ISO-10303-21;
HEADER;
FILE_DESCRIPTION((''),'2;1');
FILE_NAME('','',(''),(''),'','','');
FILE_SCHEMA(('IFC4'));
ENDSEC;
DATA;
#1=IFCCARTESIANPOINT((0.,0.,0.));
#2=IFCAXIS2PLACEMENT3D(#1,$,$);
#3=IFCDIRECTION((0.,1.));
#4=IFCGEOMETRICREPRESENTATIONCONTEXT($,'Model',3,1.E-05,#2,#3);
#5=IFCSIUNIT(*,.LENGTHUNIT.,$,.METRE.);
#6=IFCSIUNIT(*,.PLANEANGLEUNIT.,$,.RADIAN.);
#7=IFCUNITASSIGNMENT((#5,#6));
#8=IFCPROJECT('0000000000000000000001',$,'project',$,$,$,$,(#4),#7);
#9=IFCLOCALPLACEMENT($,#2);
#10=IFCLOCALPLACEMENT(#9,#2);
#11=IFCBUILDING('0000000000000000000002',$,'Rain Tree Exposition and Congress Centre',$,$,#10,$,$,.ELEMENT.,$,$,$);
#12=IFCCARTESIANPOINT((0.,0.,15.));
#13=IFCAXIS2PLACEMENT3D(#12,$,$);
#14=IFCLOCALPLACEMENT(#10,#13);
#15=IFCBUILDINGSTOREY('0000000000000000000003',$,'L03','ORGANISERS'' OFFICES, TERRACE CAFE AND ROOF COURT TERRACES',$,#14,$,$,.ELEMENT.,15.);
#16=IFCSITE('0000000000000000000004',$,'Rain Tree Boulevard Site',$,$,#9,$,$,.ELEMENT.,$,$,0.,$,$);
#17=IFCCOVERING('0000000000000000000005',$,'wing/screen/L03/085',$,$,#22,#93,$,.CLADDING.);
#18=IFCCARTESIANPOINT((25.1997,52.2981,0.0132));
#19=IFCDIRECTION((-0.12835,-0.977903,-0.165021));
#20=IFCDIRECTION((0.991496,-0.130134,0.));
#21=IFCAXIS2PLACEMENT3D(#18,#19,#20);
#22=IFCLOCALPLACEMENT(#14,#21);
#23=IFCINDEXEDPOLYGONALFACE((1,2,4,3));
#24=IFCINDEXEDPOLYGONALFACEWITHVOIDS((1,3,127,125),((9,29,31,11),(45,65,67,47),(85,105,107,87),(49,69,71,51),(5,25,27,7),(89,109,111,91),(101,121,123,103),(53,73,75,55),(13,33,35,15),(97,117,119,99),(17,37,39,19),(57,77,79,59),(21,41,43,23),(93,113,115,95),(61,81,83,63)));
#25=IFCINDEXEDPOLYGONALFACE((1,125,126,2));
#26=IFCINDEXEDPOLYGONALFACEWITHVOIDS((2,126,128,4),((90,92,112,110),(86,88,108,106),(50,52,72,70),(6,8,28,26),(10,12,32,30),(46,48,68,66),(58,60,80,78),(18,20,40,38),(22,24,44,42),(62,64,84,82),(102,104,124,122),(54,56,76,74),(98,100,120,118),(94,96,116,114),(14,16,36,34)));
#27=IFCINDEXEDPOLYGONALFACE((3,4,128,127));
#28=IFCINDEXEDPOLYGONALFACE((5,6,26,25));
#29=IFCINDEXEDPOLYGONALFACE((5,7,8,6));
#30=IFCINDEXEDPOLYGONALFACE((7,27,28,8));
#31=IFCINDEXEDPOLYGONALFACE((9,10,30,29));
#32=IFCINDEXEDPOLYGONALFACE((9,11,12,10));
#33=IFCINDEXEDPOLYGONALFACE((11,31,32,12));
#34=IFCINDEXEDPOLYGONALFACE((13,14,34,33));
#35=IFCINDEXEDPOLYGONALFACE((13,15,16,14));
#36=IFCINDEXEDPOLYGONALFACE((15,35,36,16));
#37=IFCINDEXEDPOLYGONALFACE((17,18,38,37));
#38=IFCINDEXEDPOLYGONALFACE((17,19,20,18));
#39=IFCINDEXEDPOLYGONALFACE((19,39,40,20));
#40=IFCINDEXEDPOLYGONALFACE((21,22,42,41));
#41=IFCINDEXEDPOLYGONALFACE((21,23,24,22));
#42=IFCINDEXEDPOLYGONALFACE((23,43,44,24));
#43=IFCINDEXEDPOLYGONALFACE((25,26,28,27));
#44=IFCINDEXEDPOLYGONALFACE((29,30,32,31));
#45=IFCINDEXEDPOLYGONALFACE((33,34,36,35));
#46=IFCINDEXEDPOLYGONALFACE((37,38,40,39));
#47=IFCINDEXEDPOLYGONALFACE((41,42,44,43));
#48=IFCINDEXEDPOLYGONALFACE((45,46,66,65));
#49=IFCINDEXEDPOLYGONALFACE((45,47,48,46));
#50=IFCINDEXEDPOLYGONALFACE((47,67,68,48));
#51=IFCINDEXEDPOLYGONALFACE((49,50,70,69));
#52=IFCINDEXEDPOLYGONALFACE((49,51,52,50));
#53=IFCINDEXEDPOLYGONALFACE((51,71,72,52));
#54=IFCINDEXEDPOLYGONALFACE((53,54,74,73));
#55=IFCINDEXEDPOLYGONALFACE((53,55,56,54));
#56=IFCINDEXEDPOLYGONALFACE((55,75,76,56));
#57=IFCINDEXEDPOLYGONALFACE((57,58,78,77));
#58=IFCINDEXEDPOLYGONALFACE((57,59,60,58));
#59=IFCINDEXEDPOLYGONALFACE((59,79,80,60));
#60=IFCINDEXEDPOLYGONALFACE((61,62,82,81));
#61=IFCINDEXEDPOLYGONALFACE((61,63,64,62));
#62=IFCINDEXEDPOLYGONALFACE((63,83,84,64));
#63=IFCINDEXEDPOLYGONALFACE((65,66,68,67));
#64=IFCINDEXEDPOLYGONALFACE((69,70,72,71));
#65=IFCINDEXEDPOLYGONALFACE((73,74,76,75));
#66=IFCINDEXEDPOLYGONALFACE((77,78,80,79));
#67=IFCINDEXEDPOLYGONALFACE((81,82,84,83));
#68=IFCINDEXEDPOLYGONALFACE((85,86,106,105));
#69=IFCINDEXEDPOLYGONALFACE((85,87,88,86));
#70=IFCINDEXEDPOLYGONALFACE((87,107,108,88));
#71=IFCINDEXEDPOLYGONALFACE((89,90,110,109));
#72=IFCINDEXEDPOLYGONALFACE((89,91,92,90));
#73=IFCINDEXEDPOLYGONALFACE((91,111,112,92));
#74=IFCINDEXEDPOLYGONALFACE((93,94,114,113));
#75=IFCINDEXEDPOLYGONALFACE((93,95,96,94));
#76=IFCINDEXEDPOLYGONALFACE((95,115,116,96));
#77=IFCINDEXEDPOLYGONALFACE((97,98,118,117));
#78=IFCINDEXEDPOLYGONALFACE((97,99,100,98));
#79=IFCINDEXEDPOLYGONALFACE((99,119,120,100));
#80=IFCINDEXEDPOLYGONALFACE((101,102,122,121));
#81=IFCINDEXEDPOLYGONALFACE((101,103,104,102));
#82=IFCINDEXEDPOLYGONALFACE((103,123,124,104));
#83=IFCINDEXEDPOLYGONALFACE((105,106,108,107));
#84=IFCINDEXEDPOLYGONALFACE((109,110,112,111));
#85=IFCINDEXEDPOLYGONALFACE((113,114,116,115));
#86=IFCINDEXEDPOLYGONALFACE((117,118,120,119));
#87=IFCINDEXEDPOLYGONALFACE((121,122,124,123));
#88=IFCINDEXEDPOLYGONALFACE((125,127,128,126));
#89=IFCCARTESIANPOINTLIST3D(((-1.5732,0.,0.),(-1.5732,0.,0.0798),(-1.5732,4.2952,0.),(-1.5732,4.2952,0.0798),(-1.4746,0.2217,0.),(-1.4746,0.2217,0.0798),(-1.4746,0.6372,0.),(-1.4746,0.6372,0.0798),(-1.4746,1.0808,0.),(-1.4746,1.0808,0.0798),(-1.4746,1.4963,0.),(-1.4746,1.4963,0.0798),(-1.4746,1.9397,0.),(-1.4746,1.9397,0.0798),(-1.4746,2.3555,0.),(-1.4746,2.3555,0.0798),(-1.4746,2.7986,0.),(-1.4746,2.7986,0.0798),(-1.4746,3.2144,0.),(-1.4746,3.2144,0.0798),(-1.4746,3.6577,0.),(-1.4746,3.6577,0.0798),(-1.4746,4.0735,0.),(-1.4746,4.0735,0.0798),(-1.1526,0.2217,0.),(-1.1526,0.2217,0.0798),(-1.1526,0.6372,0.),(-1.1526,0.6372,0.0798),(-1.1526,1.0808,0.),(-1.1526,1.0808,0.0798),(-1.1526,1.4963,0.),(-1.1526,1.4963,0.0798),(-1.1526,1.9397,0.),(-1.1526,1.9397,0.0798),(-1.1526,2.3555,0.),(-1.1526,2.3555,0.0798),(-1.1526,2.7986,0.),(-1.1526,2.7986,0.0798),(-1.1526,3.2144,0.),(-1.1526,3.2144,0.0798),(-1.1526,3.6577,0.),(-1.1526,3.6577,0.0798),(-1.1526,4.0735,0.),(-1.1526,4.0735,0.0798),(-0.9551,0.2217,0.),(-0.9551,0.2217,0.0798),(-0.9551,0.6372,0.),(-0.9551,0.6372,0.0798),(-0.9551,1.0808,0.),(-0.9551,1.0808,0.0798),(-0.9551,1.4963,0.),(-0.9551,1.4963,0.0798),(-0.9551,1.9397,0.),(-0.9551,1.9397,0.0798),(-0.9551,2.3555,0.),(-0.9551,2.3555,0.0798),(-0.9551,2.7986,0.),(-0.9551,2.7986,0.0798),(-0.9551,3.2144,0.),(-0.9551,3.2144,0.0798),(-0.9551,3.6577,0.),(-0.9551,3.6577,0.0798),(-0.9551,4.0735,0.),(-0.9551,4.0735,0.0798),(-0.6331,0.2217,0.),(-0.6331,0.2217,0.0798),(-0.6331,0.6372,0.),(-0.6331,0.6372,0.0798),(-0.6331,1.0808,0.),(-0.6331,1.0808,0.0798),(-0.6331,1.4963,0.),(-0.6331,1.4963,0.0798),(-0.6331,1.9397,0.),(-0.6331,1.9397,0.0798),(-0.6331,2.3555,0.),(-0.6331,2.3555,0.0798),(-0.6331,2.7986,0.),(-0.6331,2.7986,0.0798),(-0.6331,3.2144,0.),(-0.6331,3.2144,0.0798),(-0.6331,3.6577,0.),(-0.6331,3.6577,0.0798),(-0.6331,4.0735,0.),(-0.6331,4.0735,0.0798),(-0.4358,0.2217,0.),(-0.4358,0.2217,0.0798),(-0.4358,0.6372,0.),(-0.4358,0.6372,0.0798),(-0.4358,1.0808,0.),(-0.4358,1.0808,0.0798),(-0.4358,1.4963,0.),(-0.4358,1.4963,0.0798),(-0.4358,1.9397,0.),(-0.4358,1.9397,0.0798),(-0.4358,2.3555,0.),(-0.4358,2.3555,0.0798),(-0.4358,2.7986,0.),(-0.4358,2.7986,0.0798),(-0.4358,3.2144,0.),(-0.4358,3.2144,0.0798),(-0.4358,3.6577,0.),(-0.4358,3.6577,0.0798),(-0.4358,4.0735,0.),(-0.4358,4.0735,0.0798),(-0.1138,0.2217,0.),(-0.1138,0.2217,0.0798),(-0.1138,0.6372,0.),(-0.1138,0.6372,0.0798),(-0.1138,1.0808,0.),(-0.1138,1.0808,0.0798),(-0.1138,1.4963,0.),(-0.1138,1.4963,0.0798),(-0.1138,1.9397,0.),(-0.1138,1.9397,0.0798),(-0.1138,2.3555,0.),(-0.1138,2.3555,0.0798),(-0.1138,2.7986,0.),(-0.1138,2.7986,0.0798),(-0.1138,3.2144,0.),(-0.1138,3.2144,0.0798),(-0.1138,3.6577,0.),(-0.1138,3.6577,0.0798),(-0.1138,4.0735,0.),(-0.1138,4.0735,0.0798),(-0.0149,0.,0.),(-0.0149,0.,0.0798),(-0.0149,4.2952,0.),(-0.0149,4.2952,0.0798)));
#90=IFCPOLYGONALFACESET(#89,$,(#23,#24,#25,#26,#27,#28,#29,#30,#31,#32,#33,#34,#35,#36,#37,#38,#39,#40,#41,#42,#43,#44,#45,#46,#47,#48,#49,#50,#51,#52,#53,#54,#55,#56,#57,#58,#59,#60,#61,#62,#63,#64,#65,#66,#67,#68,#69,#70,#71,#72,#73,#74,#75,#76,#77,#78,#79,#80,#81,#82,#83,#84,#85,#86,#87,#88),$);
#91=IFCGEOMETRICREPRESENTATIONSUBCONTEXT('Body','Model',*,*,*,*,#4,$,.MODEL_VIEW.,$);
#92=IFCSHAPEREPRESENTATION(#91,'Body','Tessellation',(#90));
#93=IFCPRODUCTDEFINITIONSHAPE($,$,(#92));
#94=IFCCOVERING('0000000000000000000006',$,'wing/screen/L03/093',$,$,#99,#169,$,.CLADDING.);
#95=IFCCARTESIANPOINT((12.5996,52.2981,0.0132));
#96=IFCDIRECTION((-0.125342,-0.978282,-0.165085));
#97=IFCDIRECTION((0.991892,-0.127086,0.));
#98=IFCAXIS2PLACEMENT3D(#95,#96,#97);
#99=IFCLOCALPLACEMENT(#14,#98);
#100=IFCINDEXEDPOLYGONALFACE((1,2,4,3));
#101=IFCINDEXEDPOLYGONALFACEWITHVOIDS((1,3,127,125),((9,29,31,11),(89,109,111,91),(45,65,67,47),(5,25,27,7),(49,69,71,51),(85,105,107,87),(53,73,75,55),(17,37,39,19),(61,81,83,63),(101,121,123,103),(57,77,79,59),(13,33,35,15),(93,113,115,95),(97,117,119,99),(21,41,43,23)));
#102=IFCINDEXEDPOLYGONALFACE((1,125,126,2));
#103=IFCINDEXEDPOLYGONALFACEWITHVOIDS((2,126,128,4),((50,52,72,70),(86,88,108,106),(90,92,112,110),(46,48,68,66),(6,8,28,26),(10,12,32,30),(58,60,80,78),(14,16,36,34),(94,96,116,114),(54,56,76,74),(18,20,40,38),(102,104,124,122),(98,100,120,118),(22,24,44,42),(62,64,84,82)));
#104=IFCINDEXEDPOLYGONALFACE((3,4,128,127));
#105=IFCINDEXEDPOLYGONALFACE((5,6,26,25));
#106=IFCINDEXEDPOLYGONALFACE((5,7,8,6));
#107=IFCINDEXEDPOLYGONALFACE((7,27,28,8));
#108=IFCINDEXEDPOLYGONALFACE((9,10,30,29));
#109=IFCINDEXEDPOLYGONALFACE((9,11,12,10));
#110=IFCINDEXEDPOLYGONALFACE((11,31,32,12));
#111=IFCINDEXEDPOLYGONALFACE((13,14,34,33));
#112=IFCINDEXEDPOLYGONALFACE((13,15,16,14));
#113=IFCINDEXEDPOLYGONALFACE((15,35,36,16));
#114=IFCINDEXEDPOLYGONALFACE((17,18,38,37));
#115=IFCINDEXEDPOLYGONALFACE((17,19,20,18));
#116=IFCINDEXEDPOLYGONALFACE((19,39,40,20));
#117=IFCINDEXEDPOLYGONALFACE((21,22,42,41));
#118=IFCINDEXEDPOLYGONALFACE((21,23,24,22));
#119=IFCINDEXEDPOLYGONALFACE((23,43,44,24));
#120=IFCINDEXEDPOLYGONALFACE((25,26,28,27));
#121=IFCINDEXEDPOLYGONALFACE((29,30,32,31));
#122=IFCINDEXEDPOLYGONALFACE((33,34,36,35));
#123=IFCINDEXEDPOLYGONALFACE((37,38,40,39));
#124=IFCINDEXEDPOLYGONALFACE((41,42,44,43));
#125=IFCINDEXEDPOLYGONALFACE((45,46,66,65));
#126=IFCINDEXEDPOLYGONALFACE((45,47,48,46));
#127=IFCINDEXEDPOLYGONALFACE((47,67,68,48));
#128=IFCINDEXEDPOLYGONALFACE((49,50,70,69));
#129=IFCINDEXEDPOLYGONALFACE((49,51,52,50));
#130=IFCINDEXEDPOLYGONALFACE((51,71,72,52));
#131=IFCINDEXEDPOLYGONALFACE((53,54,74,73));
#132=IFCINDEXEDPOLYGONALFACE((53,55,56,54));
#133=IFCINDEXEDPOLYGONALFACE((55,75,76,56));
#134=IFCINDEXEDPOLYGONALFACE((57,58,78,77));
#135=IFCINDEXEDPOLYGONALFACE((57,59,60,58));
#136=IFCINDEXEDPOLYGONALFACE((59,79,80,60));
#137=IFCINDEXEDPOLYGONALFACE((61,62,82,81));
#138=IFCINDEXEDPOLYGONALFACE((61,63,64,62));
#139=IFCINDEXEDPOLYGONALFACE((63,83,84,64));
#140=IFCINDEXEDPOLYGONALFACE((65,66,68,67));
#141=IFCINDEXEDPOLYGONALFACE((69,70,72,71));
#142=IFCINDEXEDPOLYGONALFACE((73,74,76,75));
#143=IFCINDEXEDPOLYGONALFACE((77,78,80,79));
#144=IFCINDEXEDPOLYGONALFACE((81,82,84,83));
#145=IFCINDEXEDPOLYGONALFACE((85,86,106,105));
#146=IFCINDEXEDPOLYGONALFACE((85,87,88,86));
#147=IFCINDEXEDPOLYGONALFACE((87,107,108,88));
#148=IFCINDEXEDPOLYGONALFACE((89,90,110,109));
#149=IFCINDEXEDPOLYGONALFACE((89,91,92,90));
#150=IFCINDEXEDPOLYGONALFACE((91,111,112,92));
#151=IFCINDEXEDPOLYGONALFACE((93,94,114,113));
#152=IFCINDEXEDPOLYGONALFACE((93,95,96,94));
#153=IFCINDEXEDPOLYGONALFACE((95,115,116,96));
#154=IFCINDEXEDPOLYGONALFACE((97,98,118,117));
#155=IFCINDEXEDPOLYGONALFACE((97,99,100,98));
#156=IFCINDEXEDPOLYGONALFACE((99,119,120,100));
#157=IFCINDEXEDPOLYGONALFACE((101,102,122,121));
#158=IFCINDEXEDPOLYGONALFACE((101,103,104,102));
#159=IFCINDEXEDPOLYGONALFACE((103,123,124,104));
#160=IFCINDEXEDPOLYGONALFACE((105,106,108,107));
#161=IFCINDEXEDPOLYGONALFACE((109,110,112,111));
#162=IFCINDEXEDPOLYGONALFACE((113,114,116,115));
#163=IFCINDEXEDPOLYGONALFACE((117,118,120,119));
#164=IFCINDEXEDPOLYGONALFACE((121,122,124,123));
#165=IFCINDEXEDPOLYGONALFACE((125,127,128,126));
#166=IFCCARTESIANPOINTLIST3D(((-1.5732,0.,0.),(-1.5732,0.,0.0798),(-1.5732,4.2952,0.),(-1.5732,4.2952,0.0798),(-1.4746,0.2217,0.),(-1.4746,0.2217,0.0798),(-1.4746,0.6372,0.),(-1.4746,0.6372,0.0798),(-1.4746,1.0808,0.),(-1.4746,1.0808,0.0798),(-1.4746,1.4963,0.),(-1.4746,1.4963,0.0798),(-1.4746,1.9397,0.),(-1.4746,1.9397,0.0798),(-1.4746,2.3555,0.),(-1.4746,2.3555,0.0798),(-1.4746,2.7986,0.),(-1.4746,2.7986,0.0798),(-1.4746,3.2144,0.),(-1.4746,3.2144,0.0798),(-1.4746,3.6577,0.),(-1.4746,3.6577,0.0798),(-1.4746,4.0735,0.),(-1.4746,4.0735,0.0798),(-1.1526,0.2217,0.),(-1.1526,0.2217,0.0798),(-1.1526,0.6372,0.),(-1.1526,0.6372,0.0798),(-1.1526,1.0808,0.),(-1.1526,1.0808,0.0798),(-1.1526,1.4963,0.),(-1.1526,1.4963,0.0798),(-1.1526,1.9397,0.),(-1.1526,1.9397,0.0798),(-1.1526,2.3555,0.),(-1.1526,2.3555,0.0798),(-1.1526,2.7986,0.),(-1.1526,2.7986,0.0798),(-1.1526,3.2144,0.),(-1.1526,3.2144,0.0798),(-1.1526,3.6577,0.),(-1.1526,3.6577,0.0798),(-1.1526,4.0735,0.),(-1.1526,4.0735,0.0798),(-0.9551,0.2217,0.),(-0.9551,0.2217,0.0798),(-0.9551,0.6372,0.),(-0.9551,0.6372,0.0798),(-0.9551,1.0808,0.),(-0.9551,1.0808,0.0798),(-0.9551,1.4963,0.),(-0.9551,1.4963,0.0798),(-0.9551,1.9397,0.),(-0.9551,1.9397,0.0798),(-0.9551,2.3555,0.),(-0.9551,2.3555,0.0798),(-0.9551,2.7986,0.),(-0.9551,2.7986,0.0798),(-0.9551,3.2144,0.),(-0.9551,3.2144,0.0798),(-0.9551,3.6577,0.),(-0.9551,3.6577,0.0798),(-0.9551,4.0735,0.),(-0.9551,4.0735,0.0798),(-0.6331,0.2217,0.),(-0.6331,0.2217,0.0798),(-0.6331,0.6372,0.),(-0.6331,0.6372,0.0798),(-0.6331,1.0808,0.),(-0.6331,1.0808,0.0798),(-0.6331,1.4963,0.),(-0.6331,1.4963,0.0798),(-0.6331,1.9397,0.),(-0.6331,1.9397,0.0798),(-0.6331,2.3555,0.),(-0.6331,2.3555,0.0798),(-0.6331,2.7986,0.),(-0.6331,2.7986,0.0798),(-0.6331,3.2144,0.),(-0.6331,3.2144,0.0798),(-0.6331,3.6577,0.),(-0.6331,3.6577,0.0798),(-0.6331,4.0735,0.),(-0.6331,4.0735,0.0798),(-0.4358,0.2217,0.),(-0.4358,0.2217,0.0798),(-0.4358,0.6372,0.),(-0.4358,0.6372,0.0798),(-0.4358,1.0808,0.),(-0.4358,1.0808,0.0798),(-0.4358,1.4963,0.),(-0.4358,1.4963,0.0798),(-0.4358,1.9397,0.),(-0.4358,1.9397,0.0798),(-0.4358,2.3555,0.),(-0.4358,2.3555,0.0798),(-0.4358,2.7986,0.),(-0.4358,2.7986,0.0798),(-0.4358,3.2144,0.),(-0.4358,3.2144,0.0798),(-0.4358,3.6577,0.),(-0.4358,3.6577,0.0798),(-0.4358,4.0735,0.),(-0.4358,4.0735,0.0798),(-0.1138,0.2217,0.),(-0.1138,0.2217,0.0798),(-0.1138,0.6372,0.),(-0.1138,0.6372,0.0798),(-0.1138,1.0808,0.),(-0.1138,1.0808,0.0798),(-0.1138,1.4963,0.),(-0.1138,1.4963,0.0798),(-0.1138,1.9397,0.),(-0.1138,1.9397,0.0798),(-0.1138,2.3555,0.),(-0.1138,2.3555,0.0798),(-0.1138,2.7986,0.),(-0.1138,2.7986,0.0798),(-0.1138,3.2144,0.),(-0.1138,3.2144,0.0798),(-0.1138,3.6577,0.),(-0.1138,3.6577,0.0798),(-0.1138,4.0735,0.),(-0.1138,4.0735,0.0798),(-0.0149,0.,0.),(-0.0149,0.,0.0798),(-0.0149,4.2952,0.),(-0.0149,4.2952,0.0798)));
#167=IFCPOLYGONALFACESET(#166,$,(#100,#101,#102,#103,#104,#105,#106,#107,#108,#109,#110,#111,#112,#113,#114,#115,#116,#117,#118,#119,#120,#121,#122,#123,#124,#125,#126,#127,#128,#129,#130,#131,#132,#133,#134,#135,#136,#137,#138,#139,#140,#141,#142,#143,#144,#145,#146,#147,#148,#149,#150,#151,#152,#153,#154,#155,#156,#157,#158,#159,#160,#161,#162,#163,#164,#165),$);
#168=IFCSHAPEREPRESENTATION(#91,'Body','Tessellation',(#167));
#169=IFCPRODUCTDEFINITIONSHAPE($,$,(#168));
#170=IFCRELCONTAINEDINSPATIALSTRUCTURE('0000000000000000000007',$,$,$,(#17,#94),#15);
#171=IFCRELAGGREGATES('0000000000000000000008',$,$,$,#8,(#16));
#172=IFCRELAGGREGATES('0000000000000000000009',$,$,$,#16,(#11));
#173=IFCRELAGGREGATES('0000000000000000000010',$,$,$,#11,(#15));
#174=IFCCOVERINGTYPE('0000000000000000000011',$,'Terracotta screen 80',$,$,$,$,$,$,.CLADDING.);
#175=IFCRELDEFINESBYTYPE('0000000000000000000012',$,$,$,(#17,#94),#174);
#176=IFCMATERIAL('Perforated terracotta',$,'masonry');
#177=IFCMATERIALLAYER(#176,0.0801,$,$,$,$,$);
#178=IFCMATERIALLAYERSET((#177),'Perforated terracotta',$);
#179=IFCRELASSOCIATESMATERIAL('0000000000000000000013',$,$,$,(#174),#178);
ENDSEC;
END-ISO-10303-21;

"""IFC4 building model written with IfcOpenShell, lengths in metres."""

from ifc_helpers import new_model, si_unit, direction, frame, origin, place, context, subcontext, project, spatial, polyline, outline, extrude, material, layer, layer_set, type_object, element, save


model = new_model("IFC4")

# Units and contexts
model_context = context("Model", 3, precision=1e-05, world=origin(), true_north=direction((0.0, 1.0)))
body_context = subcontext(model_context, "Body", "Model", "MODEL_VIEW")
ifc_project = project(units=[si_unit("LENGTHUNIT", "METRE"), si_unit("PLANEANGLEUNIT", "RADIAN")], contexts=[model_context])

# Site, building, storey
site_placement = place(None, origin())
site = spatial("IfcSite", under=ifc_project, at=site_placement, Name="Rain Tree Boulevard Site", CompositionType="ELEMENT", RefElevation=0.0)
building_placement = place(site_placement, origin())
building = spatial("IfcBuilding", under=site, at=building_placement, Name="Rain Tree Exposition and Congress Centre", CompositionType="ELEMENT")
storey_placement = place(building_placement, frame((0.0, 0.0, 15.0)))
storey = spatial("IfcBuildingStorey", under=building, at=storey_placement, Name="L03", Description="ORGANISERS' OFFICES, TERRACE CAFE AND ROOF COURT TERRACES", CompositionType="ELEMENT", Elevation=15.0)

# Coverings
ifc_material_1 = material(Name="Perforated terracotta", Category="masonry")
ifc_layer_1 = layer(ifc_material_1, 0.0801)
ifc_layer_set_1 = layer_set([ifc_layer_1], Name="Perforated terracotta")
covering_type = type_object("IfcCoveringType", Name="Terracotta screen 80", PredefinedType="CLADDING", material=ifc_layer_set_1)
covering_1_placement = place(storey_placement, frame((25.1997, 52.2981, 0.0132), z_axis=(-0.12835, -0.977903, -0.165021), x_axis=(0.991496, -0.130134, 0.0)))
element("IfcCovering", 1, at=covering_1_placement, inside=storey, type_object=covering_type, Name="wing/screen/L03/085", PredefinedType="CLADDING", context=body_context, shape_type="SweptSolid", body=[
    extrude(outline(polyline([(-1.5732, 0.0), (-1.5732, 4.2952), (-0.0149, 4.2952), (-0.0149, 0.0), (-1.5732, 0.0)]), holes=[polyline([(-0.1138, 0.2217), (-0.1138, 0.6372), (-0.4358, 0.6372), (-0.4358, 0.2217), (-0.1138, 0.2217)]), polyline([(-0.1138, 1.0808), (-0.1138, 1.4963), (-0.4358, 1.4963), (-0.4358, 1.0808), (-0.1138, 1.0808)]), polyline([(-0.1138, 1.9397), (-0.1138, 2.3555), (-0.4358, 2.3555), (-0.4358, 1.9397), (-0.1138, 1.9397)]), polyline([(-0.1138, 2.7986), (-0.1138, 3.2144), (-0.4358, 3.2144), (-0.4358, 2.7986), (-0.1138, 2.7986)]), polyline([(-0.1138, 3.6577), (-0.1138, 4.0735), (-0.4358, 4.0735), (-0.4358, 3.6577), (-0.1138, 3.6577)]), polyline([(-0.6331, 0.2217), (-0.6331, 0.6372), (-0.9551, 0.6372), (-0.9551, 0.2217), (-0.6331, 0.2217)]), polyline([(-0.6331, 1.0808), (-0.6331, 1.4963), (-0.9551, 1.4963), (-0.9551, 1.0808), (-0.6331, 1.0808)]), polyline([(-0.6331, 1.9397), (-0.6331, 2.3555), (-0.9551, 2.3555), (-0.9551, 1.9397), (-0.6331, 1.9397)]), polyline([(-0.6331, 2.7986), (-0.6331, 3.2144), (-0.9551, 3.2144), (-0.9551, 2.7986), (-0.6331, 2.7986)]), polyline([(-0.6331, 3.6577), (-0.6331, 4.0735), (-0.9551, 4.0735), (-0.9551, 3.6577), (-0.6331, 3.6577)]), polyline([(-1.1526, 0.2217), (-1.1526, 0.6372), (-1.4746, 0.6372), (-1.4746, 0.2217), (-1.1526, 0.2217)]), polyline([(-1.1526, 1.0808), (-1.1526, 1.4963), (-1.4746, 1.4963), (-1.4746, 1.0808), (-1.1526, 1.0808)]), polyline([(-1.1526, 1.9397), (-1.1526, 2.3555), (-1.4746, 2.3555), (-1.4746, 1.9397), (-1.1526, 1.9397)]), polyline([(-1.1526, 2.7986), (-1.1526, 3.2144), (-1.4746, 3.2144), (-1.4746, 2.7986), (-1.1526, 2.7986)]), polyline([(-1.1526, 3.6577), (-1.1526, 4.0735), (-1.4746, 4.0735), (-1.4746, 3.6577), (-1.1526, 3.6577)])]), origin(), (0.0, 0.0, 1.0), 0.0798),
])
covering_2_placement = place(storey_placement, frame((12.5996, 52.2981, 0.0132), z_axis=(-0.125342, -0.978282, -0.165085), x_axis=(0.991892, -0.127086, 0.0)))
element("IfcCovering", 2, at=covering_2_placement, inside=storey, type_object=covering_type, Name="wing/screen/L03/093", PredefinedType="CLADDING", context=body_context, shape_type="SweptSolid", body=[
    extrude(outline(polyline([(-1.5732, 0.0), (-1.5732, 4.2952), (-0.0149, 4.2952), (-0.0149, 0.0), (-1.5732, 0.0)]), holes=[polyline([(-0.1138, 0.2217), (-0.1138, 0.6372), (-0.4358, 0.6372), (-0.4358, 0.2217), (-0.1138, 0.2217)]), polyline([(-0.1138, 1.0808), (-0.1138, 1.4963), (-0.4358, 1.4963), (-0.4358, 1.0808), (-0.1138, 1.0808)]), polyline([(-0.1138, 1.9397), (-0.1138, 2.3555), (-0.4358, 2.3555), (-0.4358, 1.9397), (-0.1138, 1.9397)]), polyline([(-0.1138, 2.7986), (-0.1138, 3.2144), (-0.4358, 3.2144), (-0.4358, 2.7986), (-0.1138, 2.7986)]), polyline([(-0.1138, 3.6577), (-0.1138, 4.0735), (-0.4358, 4.0735), (-0.4358, 3.6577), (-0.1138, 3.6577)]), polyline([(-0.6331, 0.2217), (-0.6331, 0.6372), (-0.9551, 0.6372), (-0.9551, 0.2217), (-0.6331, 0.2217)]), polyline([(-0.6331, 1.0808), (-0.6331, 1.4963), (-0.9551, 1.4963), (-0.9551, 1.0808), (-0.6331, 1.0808)]), polyline([(-0.6331, 1.9397), (-0.6331, 2.3555), (-0.9551, 2.3555), (-0.9551, 1.9397), (-0.6331, 1.9397)]), polyline([(-0.6331, 2.7986), (-0.6331, 3.2144), (-0.9551, 3.2144), (-0.9551, 2.7986), (-0.6331, 2.7986)]), polyline([(-0.6331, 3.6577), (-0.6331, 4.0735), (-0.9551, 4.0735), (-0.9551, 3.6577), (-0.6331, 3.6577)]), polyline([(-1.1526, 0.2217), (-1.1526, 0.6372), (-1.4746, 0.6372), (-1.4746, 0.2217), (-1.1526, 0.2217)]), polyline([(-1.1526, 1.0808), (-1.1526, 1.4963), (-1.4746, 1.4963), (-1.4746, 1.0808), (-1.1526, 1.0808)]), polyline([(-1.1526, 1.9397), (-1.1526, 2.3555), (-1.4746, 2.3555), (-1.4746, 1.9397), (-1.1526, 1.9397)]), polyline([(-1.1526, 2.7986), (-1.1526, 3.2144), (-1.4746, 3.2144), (-1.4746, 2.7986), (-1.1526, 2.7986)]), polyline([(-1.1526, 3.6577), (-1.1526, 4.0735), (-1.4746, 4.0735), (-1.4746, 3.6577), (-1.1526, 3.6577)])]), origin(), (0.0, 0.0, 1.0), 0.0798),
])

save(model, "model.ifc")
